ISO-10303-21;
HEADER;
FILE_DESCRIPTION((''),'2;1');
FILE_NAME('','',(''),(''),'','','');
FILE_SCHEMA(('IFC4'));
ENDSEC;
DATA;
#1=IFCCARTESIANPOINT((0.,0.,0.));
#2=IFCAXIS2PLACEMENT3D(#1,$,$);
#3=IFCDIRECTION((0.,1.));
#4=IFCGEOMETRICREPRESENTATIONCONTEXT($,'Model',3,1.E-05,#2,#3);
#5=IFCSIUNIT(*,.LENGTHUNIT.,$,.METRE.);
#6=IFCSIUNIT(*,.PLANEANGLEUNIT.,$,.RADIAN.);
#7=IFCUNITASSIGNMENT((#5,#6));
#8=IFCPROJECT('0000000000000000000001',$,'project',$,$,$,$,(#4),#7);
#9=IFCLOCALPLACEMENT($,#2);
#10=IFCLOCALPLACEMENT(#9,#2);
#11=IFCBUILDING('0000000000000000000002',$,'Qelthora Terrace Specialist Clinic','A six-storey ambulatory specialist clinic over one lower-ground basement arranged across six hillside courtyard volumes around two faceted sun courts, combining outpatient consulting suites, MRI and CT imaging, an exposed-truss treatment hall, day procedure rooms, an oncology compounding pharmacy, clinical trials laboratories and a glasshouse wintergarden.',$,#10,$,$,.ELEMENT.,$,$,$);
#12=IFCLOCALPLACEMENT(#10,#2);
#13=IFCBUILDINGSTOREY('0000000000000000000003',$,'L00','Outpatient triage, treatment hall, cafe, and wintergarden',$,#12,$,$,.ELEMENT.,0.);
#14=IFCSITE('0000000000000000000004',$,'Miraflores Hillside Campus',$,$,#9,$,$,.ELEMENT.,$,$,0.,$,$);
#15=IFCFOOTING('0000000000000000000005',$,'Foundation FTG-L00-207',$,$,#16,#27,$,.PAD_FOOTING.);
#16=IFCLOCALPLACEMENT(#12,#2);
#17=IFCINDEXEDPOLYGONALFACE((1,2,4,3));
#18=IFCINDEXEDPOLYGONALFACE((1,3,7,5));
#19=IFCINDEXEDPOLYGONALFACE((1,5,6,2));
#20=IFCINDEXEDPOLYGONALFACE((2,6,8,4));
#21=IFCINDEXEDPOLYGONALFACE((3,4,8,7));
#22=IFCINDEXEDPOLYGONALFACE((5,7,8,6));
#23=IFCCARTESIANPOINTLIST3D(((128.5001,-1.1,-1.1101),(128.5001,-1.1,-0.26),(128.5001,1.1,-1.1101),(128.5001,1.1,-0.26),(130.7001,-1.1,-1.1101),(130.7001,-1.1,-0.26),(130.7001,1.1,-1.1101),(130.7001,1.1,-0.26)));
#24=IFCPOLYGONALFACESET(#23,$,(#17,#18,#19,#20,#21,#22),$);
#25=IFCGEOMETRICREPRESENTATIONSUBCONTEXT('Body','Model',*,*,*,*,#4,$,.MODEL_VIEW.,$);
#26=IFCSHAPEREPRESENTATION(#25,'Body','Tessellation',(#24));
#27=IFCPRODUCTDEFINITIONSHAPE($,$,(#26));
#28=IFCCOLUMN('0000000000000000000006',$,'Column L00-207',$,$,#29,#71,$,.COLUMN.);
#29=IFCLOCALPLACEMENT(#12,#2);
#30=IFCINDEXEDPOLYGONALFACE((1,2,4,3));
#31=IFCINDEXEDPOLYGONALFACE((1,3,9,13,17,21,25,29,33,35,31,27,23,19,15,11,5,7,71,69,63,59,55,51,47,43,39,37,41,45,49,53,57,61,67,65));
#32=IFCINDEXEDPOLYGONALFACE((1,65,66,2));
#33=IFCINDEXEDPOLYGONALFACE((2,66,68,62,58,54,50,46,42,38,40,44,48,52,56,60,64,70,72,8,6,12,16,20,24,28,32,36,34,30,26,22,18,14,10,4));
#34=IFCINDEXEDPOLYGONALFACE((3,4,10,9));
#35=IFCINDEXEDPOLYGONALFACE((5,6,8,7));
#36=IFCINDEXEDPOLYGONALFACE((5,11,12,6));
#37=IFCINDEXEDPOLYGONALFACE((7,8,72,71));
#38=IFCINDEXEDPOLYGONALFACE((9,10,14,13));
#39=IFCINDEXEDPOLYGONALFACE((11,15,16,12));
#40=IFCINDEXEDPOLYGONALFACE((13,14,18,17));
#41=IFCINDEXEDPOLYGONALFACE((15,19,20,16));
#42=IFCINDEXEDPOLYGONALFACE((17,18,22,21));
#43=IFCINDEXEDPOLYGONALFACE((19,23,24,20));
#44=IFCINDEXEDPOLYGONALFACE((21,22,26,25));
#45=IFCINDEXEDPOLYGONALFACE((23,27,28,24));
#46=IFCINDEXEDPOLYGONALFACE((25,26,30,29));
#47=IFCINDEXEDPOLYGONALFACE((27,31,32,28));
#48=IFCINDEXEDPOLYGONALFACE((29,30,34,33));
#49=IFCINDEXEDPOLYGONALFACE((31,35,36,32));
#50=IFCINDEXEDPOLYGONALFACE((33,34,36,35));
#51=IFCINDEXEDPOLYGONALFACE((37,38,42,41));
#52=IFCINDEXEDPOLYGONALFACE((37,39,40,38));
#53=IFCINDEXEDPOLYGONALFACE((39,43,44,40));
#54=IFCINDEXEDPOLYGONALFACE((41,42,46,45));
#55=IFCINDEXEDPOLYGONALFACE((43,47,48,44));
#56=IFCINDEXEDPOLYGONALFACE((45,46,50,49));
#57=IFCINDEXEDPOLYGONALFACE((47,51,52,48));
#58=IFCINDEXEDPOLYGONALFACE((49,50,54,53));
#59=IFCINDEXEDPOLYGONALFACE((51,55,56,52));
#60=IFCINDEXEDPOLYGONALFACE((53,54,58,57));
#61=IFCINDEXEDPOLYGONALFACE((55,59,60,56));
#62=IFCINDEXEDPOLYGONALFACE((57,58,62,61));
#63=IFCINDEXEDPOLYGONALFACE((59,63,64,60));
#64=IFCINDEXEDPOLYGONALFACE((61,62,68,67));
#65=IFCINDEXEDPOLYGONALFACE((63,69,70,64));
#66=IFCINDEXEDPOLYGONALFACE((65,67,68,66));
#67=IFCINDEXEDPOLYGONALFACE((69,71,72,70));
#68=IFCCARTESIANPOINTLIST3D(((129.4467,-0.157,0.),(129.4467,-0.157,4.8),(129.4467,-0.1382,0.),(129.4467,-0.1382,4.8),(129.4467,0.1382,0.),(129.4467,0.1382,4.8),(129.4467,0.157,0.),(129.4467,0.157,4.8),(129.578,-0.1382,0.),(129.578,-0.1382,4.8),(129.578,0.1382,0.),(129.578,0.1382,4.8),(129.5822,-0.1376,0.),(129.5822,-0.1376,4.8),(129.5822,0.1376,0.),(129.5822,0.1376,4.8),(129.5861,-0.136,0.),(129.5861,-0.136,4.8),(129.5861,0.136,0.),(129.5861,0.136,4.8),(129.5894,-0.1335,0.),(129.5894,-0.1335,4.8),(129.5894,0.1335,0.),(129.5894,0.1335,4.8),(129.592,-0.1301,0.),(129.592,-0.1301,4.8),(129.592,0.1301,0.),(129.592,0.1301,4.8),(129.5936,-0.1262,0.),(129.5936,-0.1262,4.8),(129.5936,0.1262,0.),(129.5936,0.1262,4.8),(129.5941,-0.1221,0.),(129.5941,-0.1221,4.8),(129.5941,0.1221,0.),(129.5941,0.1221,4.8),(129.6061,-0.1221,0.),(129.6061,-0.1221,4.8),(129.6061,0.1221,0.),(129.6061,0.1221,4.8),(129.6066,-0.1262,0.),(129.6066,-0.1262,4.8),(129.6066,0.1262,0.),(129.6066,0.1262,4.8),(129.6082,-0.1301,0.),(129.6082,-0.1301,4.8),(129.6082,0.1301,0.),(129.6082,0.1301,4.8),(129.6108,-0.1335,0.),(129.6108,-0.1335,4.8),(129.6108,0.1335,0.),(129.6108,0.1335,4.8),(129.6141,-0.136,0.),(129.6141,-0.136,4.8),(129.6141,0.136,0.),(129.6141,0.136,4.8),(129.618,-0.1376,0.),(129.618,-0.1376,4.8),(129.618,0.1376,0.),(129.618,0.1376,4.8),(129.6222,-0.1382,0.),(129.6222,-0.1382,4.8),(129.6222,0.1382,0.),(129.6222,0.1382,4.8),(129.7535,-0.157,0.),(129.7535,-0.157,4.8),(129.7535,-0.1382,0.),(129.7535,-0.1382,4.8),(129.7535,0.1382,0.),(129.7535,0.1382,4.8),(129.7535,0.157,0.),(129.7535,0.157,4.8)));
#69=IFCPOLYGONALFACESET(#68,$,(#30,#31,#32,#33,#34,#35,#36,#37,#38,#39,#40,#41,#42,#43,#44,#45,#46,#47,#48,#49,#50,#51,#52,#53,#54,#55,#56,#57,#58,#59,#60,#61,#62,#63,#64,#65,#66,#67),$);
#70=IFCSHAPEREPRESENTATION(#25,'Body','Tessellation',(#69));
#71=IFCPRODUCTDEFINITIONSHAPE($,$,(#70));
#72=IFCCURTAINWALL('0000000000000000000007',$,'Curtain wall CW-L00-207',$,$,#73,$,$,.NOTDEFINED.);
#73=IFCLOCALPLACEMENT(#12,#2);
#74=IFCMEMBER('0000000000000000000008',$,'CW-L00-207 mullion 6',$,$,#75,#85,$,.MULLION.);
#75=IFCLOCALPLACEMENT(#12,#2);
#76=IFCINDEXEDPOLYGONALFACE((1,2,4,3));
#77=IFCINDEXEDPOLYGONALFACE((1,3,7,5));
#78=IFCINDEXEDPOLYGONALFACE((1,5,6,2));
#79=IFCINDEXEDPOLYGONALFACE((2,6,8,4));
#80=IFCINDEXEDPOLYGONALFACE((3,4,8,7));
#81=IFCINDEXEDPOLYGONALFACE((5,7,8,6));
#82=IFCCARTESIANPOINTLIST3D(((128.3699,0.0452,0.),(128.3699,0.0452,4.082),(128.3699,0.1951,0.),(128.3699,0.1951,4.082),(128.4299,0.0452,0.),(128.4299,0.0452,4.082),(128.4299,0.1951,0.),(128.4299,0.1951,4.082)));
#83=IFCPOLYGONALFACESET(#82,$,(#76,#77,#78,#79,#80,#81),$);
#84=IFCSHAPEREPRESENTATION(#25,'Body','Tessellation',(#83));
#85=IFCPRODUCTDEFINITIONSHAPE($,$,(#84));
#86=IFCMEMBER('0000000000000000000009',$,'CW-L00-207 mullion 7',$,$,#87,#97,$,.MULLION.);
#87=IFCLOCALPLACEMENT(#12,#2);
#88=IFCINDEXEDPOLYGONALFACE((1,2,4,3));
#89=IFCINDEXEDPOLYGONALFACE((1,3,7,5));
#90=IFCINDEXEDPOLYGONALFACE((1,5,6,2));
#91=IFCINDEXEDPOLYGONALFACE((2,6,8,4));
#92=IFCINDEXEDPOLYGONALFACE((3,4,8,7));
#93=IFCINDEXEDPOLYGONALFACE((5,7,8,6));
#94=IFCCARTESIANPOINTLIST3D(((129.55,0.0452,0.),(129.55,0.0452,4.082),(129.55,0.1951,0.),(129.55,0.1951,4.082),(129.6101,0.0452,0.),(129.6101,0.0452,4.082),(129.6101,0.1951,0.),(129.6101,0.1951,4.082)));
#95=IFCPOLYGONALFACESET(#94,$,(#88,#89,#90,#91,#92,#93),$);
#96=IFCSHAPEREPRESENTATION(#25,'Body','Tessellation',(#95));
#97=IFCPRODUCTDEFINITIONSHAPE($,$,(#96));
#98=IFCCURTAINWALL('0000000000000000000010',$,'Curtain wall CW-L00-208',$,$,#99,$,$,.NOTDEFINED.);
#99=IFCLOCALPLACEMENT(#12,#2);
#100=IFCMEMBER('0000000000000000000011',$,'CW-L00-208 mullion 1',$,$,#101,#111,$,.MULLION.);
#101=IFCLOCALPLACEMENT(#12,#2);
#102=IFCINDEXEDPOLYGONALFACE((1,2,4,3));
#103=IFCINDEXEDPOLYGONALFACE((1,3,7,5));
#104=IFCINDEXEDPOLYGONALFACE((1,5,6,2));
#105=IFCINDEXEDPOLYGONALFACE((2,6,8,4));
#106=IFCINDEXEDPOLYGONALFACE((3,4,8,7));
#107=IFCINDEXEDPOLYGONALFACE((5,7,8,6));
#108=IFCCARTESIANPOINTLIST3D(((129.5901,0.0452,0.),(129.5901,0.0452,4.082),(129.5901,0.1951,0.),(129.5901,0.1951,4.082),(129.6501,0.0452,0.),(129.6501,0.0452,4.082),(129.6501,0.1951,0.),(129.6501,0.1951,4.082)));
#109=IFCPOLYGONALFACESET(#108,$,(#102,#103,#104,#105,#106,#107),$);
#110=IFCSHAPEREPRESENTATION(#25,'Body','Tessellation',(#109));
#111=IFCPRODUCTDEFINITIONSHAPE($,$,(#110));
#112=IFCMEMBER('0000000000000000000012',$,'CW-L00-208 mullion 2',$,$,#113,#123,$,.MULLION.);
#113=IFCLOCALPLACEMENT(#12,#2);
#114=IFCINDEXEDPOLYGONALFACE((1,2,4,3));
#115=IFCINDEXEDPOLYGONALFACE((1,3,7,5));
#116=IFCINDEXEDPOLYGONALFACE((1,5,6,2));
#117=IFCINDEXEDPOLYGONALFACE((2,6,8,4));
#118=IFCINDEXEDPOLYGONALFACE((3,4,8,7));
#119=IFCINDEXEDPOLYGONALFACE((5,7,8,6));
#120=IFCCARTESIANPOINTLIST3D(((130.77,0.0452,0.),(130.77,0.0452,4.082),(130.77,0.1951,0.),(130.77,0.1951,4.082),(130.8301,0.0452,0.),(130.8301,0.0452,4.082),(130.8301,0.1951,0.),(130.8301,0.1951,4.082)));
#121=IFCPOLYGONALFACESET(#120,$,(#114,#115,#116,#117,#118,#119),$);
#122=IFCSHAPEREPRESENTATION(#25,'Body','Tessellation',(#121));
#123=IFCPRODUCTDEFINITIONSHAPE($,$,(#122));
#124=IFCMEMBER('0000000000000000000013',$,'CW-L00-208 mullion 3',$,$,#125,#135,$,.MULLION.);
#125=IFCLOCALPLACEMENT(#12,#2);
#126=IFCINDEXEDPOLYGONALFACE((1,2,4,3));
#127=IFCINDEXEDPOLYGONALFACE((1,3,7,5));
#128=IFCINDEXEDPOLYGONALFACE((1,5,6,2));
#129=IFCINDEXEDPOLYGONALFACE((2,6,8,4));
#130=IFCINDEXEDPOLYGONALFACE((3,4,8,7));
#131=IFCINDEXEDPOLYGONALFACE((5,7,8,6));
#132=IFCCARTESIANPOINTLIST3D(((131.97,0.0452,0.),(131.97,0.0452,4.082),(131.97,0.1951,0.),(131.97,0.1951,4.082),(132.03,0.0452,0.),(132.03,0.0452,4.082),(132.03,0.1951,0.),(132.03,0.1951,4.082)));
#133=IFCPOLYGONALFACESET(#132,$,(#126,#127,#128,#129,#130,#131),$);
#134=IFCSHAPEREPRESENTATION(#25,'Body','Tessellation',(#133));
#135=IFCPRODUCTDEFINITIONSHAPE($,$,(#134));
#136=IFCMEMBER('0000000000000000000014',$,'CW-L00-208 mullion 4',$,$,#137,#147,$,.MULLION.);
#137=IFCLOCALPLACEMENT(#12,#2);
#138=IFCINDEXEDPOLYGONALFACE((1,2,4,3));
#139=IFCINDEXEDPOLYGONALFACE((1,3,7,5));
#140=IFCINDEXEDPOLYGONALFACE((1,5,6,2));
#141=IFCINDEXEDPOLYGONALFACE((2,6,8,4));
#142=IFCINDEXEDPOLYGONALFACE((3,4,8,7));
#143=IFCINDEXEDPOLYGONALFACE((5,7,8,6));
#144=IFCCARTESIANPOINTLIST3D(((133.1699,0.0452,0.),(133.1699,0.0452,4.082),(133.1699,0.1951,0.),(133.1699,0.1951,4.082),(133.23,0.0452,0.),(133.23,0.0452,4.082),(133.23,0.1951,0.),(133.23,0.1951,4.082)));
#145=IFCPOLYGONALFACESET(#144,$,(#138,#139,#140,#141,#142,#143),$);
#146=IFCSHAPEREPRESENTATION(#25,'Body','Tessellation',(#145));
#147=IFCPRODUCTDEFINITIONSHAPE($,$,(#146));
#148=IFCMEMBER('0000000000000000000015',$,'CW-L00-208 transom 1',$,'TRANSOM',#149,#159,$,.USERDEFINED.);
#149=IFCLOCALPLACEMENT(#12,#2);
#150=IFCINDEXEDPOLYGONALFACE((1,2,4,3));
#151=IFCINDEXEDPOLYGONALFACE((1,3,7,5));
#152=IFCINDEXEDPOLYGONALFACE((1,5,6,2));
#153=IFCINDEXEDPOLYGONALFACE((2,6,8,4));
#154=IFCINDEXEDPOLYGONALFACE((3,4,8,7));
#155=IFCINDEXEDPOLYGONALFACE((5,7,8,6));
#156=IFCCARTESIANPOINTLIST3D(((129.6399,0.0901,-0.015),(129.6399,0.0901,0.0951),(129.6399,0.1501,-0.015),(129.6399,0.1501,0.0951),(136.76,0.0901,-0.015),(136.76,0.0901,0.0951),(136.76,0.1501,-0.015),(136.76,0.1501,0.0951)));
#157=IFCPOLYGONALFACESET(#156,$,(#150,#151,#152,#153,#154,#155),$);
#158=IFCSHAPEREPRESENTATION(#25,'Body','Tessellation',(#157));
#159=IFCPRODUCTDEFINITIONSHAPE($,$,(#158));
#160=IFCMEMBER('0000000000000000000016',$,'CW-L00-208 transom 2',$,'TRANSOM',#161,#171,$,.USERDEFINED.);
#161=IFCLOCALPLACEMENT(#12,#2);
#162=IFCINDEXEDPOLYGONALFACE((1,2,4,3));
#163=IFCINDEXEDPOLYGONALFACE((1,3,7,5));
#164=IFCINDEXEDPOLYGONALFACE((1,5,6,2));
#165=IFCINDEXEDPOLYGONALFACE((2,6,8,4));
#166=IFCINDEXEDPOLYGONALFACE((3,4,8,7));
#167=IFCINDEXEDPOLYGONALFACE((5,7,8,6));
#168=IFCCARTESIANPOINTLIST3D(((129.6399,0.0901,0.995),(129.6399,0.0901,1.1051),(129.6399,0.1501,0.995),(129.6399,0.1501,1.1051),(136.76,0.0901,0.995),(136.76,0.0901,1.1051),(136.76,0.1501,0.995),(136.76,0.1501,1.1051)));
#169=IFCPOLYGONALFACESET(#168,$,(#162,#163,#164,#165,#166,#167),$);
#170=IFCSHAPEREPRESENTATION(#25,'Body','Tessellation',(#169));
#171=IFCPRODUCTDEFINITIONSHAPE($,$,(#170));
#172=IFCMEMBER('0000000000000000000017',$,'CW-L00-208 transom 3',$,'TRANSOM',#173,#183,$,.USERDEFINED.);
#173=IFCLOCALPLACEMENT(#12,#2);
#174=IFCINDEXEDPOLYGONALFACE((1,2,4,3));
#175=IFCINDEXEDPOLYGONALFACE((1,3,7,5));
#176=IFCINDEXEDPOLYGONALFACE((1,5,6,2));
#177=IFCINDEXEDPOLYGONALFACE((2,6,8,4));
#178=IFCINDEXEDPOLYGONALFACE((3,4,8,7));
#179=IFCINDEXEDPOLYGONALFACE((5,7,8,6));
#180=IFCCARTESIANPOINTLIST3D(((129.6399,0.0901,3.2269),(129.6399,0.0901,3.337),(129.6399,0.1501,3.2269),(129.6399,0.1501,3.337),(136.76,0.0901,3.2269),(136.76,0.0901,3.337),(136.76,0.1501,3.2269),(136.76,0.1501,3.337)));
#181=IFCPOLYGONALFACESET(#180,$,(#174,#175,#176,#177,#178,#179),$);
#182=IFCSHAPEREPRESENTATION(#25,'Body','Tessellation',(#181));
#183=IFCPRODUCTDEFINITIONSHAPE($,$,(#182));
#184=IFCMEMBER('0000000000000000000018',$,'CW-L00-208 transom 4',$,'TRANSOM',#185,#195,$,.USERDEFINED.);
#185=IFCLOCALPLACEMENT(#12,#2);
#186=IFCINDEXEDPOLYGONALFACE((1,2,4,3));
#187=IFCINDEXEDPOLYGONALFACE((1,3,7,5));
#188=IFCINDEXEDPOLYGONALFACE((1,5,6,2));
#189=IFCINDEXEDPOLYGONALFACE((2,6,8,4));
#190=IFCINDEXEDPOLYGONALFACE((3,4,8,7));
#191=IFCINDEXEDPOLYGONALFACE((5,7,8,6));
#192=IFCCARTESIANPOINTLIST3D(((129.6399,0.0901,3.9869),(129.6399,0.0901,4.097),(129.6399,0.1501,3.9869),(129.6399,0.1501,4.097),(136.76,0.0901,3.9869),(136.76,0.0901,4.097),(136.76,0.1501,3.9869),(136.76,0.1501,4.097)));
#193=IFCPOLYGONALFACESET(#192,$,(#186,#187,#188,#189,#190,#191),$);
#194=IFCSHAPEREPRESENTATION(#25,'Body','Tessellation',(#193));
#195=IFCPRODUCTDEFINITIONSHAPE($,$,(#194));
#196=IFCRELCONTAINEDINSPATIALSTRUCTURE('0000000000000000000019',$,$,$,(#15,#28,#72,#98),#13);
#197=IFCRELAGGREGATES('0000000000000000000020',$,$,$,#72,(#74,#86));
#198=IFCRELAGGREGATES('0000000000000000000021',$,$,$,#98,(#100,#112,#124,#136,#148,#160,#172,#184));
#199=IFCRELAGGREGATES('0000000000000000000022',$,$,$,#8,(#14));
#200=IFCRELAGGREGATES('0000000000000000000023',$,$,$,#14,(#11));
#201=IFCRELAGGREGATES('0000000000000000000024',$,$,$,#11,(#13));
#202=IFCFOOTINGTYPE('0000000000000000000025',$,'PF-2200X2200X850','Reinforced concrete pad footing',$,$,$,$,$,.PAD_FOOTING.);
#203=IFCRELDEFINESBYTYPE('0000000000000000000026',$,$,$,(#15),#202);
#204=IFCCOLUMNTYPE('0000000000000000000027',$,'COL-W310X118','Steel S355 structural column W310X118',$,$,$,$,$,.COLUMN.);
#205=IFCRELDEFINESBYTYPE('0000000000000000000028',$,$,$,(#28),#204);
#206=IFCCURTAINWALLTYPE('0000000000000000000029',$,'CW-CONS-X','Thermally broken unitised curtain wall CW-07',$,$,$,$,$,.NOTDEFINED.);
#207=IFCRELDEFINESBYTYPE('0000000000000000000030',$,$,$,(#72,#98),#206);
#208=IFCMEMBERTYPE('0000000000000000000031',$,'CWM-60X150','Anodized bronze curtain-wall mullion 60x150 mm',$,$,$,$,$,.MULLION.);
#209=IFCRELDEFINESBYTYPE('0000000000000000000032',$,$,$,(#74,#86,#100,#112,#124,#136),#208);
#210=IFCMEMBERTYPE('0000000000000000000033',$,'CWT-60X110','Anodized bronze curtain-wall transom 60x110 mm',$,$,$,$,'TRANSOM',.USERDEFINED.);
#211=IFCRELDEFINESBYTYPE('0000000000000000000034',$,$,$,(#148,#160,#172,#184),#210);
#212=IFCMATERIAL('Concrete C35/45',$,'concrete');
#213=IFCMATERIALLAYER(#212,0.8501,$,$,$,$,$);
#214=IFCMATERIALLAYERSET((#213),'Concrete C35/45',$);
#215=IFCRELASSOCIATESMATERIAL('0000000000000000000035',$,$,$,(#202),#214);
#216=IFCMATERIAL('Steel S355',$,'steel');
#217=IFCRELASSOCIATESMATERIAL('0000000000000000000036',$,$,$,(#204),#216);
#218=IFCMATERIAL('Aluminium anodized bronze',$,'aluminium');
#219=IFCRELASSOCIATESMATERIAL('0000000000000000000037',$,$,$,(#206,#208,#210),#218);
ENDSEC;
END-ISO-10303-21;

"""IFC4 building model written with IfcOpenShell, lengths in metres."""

from ifc_helpers import new_model, si_unit, direction, frame, origin, origin_2d, place, context, subcontext, project, spatial, rectangle, i_section, extrude, material, layer, layer_set, material_profile, profile_set, type_object, element, aggregate, save


model = new_model("IFC4")

# Units and contexts
model_context = context("Model", 3, precision=1e-05, world=origin(), true_north=direction((0.0, 1.0)))
body_context = subcontext(model_context, "Body", "Model", "MODEL_VIEW")
ifc_project = project(units=[si_unit("LENGTHUNIT", "METRE"), si_unit("PLANEANGLEUNIT", "RADIAN")], contexts=[model_context])

# Site, building, storey
site_placement = place(None, origin())
site = spatial("IfcSite", under=ifc_project, at=site_placement, Name="Miraflores Hillside Campus", CompositionType="ELEMENT", RefElevation=0.0)
building_placement = place(site_placement, origin())
building = spatial("IfcBuilding", under=site, at=building_placement, Name="Qelthora Terrace Specialist Clinic", Description="A six-storey ambulatory specialist clinic over one lower-ground basement arranged across six hillside courtyard volumes around two faceted sun courts, combining outpatient consulting suites, MRI and CT imaging, an exposed-truss treatment hall, day procedure rooms, an oncology compounding pharmacy, clinical trials laboratories and a glasshouse wintergarden.", CompositionType="ELEMENT")
storey_placement = place(building_placement, origin())
storey = spatial("IfcBuildingStorey", under=building, at=storey_placement, Name="L00", Description="Outpatient triage, treatment hall, cafe, and wintergarden", CompositionType="ELEMENT", Elevation=0.0)

# Footing
ifc_material_1 = material(Name="Concrete C35/45", Category="concrete")
ifc_layer_1 = layer(ifc_material_1, 0.8501)
ifc_layer_set_1 = layer_set([ifc_layer_1], Name="Concrete C35/45")
footing_type = type_object("IfcFootingType", Name="PF-2200X2200X850", Description="Reinforced concrete pad footing", PredefinedType="PAD_FOOTING", material=ifc_layer_set_1)
footing_placement = place(storey_placement, frame((129.6001, 0.0, -1.1101), z_axis=(0.0, 0.0, 1.0), x_axis=(1.0, 0.0, 0.0)))
element("IfcFooting", 1, at=footing_placement, inside=storey, type_object=footing_type, Name="Foundation FTG-L00-207", PredefinedType="PAD_FOOTING", context=body_context, shape_type="SweptSolid", body=[
    extrude(rectangle(XDim=2.2, YDim=2.2, at=origin_2d()), origin(), (0.0, 0.0, 1.0), 0.8501),
])

# Column
ifc_material_2 = material(Name="Steel S355", Category="steel")
ifc_material_profile_1 = material_profile(ifc_material_2, i_section(OverallWidth=0.3069, OverallDepth=0.314, WebThickness=0.012, FlangeThickness=0.0188, FilletRadius=0.0161, at=origin_2d()), Name="W310X118")
ifc_profile_set_1 = profile_set([ifc_material_profile_1], Name="Steel S355")
column_type = type_object("IfcColumnType", Name="COL-W310X118", Description="Steel S355 structural column W310X118", PredefinedType="COLUMN", material=ifc_profile_set_1)
column_placement = place(storey_placement, frame((129.6001, 0.0, 0.0), z_axis=(0.0, 0.0, 1.0), x_axis=(1.0, 0.0, 0.0)))
element("IfcColumn", 2, at=column_placement, inside=storey, type_object=column_type, Name="Column L00-207", PredefinedType="COLUMN", context=body_context, shape_type="SweptSolid", body=[
    extrude(i_section(OverallWidth=0.3069, OverallDepth=0.314, WebThickness=0.012, FlangeThickness=0.0188, FilletRadius=0.0161, at=origin_2d()), origin(), (0.0, 0.0, 1.0), 4.8),
])

# Curtain walls, members
ifc_material_3 = material(Name="Aluminium anodized bronze", Category="aluminium")
curtain_wall_type = type_object("IfcCurtainWallType", Name="CW-CONS-X", Description="Thermally broken unitised curtain wall CW-07", PredefinedType="NOTDEFINED", material=ifc_material_3)
curtain_wall_1_placement = place(storey_placement, origin())
curtain_wall_1 = element("IfcCurtainWall", 3, at=curtain_wall_1_placement, inside=storey, type_object=curtain_wall_type, Name="Curtain wall CW-L00-207", PredefinedType="NOTDEFINED")
ifc_material_profile_2 = material_profile(ifc_material_3, rectangle(XDim=0.0601, YDim=0.1499, at=origin_2d()), Name="CWM60X150")
ifc_profile_set_2 = profile_set([ifc_material_profile_2], Name="Aluminium anodized bronze")
member_type_1 = type_object("IfcMemberType", Name="CWM-60X150", Description="Anodized bronze curtain-wall mullion 60x150 mm", PredefinedType="MULLION", material=ifc_profile_set_2)
member_1_placement = place(storey_placement, frame((128.3999, 0.1201, 0.0), z_axis=(0.0, 0.0, 1.0), x_axis=(1.0, 0.0, 0.0)))
member_1 = element("IfcMember", 4, at=member_1_placement, type_object=member_type_1, Name="CW-L00-207 mullion 6", PredefinedType="MULLION", context=body_context, shape_type="SweptSolid", body=[
    extrude(rectangle(XDim=0.0601, YDim=0.1499, at=origin_2d()), origin(), (0.0, 0.0, 1.0), 4.082),
])
member_2_placement = place(storey_placement, frame((129.5801, 0.1201, 0.0), z_axis=(0.0, 0.0, 1.0), x_axis=(1.0, 0.0, 0.0)))
member_2 = element("IfcMember", 5, at=member_2_placement, type_object=member_type_1, Name="CW-L00-207 mullion 7", PredefinedType="MULLION", context=body_context, shape_type="SweptSolid", body=[
    extrude(rectangle(XDim=0.0601, YDim=0.1499, at=origin_2d()), origin(), (0.0, 0.0, 1.0), 4.082),
])
curtain_wall_2_placement = place(storey_placement, origin())
curtain_wall_2 = element("IfcCurtainWall", 6, at=curtain_wall_2_placement, inside=storey, type_object=curtain_wall_type, Name="Curtain wall CW-L00-208", PredefinedType="NOTDEFINED")
member_3_placement = place(storey_placement, frame((129.6201, 0.1201, 0.0), z_axis=(0.0, 0.0, 1.0), x_axis=(1.0, 0.0, 0.0)))
member_3 = element("IfcMember", 7, at=member_3_placement, type_object=member_type_1, Name="CW-L00-208 mullion 1", PredefinedType="MULLION", context=body_context, shape_type="SweptSolid", body=[
    extrude(rectangle(XDim=0.0601, YDim=0.1499, at=origin_2d()), origin(), (0.0, 0.0, 1.0), 4.082),
])
member_4_placement = place(storey_placement, frame((130.8, 0.1201, 0.0), z_axis=(0.0, 0.0, 1.0), x_axis=(1.0, 0.0, 0.0)))
member_4 = element("IfcMember", 8, at=member_4_placement, type_object=member_type_1, Name="CW-L00-208 mullion 2", PredefinedType="MULLION", context=body_context, shape_type="SweptSolid", body=[
    extrude(rectangle(XDim=0.0601, YDim=0.1499, at=origin_2d()), origin(), (0.0, 0.0, 1.0), 4.082),
])
member_5_placement = place(storey_placement, frame((132.0, 0.1201, 0.0), z_axis=(0.0, 0.0, 1.0), x_axis=(1.0, 0.0, 0.0)))
member_5 = element("IfcMember", 9, at=member_5_placement, type_object=member_type_1, Name="CW-L00-208 mullion 3", PredefinedType="MULLION", context=body_context, shape_type="SweptSolid", body=[
    extrude(rectangle(XDim=0.0601, YDim=0.1499, at=origin_2d()), origin(), (0.0, 0.0, 1.0), 4.082),
])
member_6_placement = place(storey_placement, frame((133.2, 0.1201, 0.0), z_axis=(0.0, 0.0, 1.0), x_axis=(1.0, 0.0, 0.0)))
member_6 = element("IfcMember", 10, at=member_6_placement, type_object=member_type_1, Name="CW-L00-208 mullion 4", PredefinedType="MULLION", context=body_context, shape_type="SweptSolid", body=[
    extrude(rectangle(XDim=0.0601, YDim=0.1499, at=origin_2d()), origin(), (0.0, 0.0, 1.0), 4.082),
])
ifc_material_profile_3 = material_profile(ifc_material_3, rectangle(XDim=0.0601, YDim=0.1101, at=origin_2d()), Name="CWT60X110")
ifc_profile_set_3 = profile_set([ifc_material_profile_3], Name="Aluminium anodized bronze")
member_type_2 = type_object("IfcMemberType", Name="CWT-60X110", Description="Anodized bronze curtain-wall transom 60x110 mm", ElementType="TRANSOM", PredefinedType="USERDEFINED", material=ifc_profile_set_3)
member_7_placement = place(storey_placement, frame((129.6399, 0.1201, 0.04), z_axis=(1.0, 0.0, 0.0), x_axis=(0.0, 1.0, 0.0)))
member_7 = element("IfcMember", 11, at=member_7_placement, type_object=member_type_2, Name="CW-L00-208 transom 1", ObjectType="TRANSOM", PredefinedType="USERDEFINED", context=body_context, shape_type="SweptSolid", body=[
    extrude(rectangle(XDim=0.0601, YDim=0.1101, at=origin_2d()), origin(), (0.0, 0.0, 1.0), 7.1201),
])
member_8_placement = place(storey_placement, frame((129.6399, 0.1201, 1.05), z_axis=(1.0, 0.0, 0.0), x_axis=(0.0, 1.0, 0.0)))
member_8 = element("IfcMember", 12, at=member_8_placement, type_object=member_type_2, Name="CW-L00-208 transom 2", ObjectType="TRANSOM", PredefinedType="USERDEFINED", context=body_context, shape_type="SweptSolid", body=[
    extrude(rectangle(XDim=0.0601, YDim=0.1101, at=origin_2d()), origin(), (0.0, 0.0, 1.0), 7.1201),
])
member_9_placement = place(storey_placement, frame((129.6399, 0.1201, 3.282), z_axis=(1.0, 0.0, 0.0), x_axis=(0.0, 1.0, 0.0)))
member_9 = element("IfcMember", 13, at=member_9_placement, type_object=member_type_2, Name="CW-L00-208 transom 3", ObjectType="TRANSOM", PredefinedType="USERDEFINED", context=body_context, shape_type="SweptSolid", body=[
    extrude(rectangle(XDim=0.0601, YDim=0.1101, at=origin_2d()), origin(), (0.0, 0.0, 1.0), 7.1201),
])
member_10_placement = place(storey_placement, frame((129.6399, 0.1201, 4.042), z_axis=(1.0, 0.0, 0.0), x_axis=(0.0, 1.0, 0.0)))
member_10 = element("IfcMember", 14, at=member_10_placement, type_object=member_type_2, Name="CW-L00-208 transom 4", ObjectType="TRANSOM", PredefinedType="USERDEFINED", context=body_context, shape_type="SweptSolid", body=[
    extrude(rectangle(XDim=0.0601, YDim=0.1101, at=origin_2d()), origin(), (0.0, 0.0, 1.0), 7.1201),
])

aggregate(curtain_wall_1, [member_1, member_2])
aggregate(curtain_wall_2, [member_3, member_4, member_5, member_6, member_7, member_8, member_9, member_10])

save(model, "model.ifc")
